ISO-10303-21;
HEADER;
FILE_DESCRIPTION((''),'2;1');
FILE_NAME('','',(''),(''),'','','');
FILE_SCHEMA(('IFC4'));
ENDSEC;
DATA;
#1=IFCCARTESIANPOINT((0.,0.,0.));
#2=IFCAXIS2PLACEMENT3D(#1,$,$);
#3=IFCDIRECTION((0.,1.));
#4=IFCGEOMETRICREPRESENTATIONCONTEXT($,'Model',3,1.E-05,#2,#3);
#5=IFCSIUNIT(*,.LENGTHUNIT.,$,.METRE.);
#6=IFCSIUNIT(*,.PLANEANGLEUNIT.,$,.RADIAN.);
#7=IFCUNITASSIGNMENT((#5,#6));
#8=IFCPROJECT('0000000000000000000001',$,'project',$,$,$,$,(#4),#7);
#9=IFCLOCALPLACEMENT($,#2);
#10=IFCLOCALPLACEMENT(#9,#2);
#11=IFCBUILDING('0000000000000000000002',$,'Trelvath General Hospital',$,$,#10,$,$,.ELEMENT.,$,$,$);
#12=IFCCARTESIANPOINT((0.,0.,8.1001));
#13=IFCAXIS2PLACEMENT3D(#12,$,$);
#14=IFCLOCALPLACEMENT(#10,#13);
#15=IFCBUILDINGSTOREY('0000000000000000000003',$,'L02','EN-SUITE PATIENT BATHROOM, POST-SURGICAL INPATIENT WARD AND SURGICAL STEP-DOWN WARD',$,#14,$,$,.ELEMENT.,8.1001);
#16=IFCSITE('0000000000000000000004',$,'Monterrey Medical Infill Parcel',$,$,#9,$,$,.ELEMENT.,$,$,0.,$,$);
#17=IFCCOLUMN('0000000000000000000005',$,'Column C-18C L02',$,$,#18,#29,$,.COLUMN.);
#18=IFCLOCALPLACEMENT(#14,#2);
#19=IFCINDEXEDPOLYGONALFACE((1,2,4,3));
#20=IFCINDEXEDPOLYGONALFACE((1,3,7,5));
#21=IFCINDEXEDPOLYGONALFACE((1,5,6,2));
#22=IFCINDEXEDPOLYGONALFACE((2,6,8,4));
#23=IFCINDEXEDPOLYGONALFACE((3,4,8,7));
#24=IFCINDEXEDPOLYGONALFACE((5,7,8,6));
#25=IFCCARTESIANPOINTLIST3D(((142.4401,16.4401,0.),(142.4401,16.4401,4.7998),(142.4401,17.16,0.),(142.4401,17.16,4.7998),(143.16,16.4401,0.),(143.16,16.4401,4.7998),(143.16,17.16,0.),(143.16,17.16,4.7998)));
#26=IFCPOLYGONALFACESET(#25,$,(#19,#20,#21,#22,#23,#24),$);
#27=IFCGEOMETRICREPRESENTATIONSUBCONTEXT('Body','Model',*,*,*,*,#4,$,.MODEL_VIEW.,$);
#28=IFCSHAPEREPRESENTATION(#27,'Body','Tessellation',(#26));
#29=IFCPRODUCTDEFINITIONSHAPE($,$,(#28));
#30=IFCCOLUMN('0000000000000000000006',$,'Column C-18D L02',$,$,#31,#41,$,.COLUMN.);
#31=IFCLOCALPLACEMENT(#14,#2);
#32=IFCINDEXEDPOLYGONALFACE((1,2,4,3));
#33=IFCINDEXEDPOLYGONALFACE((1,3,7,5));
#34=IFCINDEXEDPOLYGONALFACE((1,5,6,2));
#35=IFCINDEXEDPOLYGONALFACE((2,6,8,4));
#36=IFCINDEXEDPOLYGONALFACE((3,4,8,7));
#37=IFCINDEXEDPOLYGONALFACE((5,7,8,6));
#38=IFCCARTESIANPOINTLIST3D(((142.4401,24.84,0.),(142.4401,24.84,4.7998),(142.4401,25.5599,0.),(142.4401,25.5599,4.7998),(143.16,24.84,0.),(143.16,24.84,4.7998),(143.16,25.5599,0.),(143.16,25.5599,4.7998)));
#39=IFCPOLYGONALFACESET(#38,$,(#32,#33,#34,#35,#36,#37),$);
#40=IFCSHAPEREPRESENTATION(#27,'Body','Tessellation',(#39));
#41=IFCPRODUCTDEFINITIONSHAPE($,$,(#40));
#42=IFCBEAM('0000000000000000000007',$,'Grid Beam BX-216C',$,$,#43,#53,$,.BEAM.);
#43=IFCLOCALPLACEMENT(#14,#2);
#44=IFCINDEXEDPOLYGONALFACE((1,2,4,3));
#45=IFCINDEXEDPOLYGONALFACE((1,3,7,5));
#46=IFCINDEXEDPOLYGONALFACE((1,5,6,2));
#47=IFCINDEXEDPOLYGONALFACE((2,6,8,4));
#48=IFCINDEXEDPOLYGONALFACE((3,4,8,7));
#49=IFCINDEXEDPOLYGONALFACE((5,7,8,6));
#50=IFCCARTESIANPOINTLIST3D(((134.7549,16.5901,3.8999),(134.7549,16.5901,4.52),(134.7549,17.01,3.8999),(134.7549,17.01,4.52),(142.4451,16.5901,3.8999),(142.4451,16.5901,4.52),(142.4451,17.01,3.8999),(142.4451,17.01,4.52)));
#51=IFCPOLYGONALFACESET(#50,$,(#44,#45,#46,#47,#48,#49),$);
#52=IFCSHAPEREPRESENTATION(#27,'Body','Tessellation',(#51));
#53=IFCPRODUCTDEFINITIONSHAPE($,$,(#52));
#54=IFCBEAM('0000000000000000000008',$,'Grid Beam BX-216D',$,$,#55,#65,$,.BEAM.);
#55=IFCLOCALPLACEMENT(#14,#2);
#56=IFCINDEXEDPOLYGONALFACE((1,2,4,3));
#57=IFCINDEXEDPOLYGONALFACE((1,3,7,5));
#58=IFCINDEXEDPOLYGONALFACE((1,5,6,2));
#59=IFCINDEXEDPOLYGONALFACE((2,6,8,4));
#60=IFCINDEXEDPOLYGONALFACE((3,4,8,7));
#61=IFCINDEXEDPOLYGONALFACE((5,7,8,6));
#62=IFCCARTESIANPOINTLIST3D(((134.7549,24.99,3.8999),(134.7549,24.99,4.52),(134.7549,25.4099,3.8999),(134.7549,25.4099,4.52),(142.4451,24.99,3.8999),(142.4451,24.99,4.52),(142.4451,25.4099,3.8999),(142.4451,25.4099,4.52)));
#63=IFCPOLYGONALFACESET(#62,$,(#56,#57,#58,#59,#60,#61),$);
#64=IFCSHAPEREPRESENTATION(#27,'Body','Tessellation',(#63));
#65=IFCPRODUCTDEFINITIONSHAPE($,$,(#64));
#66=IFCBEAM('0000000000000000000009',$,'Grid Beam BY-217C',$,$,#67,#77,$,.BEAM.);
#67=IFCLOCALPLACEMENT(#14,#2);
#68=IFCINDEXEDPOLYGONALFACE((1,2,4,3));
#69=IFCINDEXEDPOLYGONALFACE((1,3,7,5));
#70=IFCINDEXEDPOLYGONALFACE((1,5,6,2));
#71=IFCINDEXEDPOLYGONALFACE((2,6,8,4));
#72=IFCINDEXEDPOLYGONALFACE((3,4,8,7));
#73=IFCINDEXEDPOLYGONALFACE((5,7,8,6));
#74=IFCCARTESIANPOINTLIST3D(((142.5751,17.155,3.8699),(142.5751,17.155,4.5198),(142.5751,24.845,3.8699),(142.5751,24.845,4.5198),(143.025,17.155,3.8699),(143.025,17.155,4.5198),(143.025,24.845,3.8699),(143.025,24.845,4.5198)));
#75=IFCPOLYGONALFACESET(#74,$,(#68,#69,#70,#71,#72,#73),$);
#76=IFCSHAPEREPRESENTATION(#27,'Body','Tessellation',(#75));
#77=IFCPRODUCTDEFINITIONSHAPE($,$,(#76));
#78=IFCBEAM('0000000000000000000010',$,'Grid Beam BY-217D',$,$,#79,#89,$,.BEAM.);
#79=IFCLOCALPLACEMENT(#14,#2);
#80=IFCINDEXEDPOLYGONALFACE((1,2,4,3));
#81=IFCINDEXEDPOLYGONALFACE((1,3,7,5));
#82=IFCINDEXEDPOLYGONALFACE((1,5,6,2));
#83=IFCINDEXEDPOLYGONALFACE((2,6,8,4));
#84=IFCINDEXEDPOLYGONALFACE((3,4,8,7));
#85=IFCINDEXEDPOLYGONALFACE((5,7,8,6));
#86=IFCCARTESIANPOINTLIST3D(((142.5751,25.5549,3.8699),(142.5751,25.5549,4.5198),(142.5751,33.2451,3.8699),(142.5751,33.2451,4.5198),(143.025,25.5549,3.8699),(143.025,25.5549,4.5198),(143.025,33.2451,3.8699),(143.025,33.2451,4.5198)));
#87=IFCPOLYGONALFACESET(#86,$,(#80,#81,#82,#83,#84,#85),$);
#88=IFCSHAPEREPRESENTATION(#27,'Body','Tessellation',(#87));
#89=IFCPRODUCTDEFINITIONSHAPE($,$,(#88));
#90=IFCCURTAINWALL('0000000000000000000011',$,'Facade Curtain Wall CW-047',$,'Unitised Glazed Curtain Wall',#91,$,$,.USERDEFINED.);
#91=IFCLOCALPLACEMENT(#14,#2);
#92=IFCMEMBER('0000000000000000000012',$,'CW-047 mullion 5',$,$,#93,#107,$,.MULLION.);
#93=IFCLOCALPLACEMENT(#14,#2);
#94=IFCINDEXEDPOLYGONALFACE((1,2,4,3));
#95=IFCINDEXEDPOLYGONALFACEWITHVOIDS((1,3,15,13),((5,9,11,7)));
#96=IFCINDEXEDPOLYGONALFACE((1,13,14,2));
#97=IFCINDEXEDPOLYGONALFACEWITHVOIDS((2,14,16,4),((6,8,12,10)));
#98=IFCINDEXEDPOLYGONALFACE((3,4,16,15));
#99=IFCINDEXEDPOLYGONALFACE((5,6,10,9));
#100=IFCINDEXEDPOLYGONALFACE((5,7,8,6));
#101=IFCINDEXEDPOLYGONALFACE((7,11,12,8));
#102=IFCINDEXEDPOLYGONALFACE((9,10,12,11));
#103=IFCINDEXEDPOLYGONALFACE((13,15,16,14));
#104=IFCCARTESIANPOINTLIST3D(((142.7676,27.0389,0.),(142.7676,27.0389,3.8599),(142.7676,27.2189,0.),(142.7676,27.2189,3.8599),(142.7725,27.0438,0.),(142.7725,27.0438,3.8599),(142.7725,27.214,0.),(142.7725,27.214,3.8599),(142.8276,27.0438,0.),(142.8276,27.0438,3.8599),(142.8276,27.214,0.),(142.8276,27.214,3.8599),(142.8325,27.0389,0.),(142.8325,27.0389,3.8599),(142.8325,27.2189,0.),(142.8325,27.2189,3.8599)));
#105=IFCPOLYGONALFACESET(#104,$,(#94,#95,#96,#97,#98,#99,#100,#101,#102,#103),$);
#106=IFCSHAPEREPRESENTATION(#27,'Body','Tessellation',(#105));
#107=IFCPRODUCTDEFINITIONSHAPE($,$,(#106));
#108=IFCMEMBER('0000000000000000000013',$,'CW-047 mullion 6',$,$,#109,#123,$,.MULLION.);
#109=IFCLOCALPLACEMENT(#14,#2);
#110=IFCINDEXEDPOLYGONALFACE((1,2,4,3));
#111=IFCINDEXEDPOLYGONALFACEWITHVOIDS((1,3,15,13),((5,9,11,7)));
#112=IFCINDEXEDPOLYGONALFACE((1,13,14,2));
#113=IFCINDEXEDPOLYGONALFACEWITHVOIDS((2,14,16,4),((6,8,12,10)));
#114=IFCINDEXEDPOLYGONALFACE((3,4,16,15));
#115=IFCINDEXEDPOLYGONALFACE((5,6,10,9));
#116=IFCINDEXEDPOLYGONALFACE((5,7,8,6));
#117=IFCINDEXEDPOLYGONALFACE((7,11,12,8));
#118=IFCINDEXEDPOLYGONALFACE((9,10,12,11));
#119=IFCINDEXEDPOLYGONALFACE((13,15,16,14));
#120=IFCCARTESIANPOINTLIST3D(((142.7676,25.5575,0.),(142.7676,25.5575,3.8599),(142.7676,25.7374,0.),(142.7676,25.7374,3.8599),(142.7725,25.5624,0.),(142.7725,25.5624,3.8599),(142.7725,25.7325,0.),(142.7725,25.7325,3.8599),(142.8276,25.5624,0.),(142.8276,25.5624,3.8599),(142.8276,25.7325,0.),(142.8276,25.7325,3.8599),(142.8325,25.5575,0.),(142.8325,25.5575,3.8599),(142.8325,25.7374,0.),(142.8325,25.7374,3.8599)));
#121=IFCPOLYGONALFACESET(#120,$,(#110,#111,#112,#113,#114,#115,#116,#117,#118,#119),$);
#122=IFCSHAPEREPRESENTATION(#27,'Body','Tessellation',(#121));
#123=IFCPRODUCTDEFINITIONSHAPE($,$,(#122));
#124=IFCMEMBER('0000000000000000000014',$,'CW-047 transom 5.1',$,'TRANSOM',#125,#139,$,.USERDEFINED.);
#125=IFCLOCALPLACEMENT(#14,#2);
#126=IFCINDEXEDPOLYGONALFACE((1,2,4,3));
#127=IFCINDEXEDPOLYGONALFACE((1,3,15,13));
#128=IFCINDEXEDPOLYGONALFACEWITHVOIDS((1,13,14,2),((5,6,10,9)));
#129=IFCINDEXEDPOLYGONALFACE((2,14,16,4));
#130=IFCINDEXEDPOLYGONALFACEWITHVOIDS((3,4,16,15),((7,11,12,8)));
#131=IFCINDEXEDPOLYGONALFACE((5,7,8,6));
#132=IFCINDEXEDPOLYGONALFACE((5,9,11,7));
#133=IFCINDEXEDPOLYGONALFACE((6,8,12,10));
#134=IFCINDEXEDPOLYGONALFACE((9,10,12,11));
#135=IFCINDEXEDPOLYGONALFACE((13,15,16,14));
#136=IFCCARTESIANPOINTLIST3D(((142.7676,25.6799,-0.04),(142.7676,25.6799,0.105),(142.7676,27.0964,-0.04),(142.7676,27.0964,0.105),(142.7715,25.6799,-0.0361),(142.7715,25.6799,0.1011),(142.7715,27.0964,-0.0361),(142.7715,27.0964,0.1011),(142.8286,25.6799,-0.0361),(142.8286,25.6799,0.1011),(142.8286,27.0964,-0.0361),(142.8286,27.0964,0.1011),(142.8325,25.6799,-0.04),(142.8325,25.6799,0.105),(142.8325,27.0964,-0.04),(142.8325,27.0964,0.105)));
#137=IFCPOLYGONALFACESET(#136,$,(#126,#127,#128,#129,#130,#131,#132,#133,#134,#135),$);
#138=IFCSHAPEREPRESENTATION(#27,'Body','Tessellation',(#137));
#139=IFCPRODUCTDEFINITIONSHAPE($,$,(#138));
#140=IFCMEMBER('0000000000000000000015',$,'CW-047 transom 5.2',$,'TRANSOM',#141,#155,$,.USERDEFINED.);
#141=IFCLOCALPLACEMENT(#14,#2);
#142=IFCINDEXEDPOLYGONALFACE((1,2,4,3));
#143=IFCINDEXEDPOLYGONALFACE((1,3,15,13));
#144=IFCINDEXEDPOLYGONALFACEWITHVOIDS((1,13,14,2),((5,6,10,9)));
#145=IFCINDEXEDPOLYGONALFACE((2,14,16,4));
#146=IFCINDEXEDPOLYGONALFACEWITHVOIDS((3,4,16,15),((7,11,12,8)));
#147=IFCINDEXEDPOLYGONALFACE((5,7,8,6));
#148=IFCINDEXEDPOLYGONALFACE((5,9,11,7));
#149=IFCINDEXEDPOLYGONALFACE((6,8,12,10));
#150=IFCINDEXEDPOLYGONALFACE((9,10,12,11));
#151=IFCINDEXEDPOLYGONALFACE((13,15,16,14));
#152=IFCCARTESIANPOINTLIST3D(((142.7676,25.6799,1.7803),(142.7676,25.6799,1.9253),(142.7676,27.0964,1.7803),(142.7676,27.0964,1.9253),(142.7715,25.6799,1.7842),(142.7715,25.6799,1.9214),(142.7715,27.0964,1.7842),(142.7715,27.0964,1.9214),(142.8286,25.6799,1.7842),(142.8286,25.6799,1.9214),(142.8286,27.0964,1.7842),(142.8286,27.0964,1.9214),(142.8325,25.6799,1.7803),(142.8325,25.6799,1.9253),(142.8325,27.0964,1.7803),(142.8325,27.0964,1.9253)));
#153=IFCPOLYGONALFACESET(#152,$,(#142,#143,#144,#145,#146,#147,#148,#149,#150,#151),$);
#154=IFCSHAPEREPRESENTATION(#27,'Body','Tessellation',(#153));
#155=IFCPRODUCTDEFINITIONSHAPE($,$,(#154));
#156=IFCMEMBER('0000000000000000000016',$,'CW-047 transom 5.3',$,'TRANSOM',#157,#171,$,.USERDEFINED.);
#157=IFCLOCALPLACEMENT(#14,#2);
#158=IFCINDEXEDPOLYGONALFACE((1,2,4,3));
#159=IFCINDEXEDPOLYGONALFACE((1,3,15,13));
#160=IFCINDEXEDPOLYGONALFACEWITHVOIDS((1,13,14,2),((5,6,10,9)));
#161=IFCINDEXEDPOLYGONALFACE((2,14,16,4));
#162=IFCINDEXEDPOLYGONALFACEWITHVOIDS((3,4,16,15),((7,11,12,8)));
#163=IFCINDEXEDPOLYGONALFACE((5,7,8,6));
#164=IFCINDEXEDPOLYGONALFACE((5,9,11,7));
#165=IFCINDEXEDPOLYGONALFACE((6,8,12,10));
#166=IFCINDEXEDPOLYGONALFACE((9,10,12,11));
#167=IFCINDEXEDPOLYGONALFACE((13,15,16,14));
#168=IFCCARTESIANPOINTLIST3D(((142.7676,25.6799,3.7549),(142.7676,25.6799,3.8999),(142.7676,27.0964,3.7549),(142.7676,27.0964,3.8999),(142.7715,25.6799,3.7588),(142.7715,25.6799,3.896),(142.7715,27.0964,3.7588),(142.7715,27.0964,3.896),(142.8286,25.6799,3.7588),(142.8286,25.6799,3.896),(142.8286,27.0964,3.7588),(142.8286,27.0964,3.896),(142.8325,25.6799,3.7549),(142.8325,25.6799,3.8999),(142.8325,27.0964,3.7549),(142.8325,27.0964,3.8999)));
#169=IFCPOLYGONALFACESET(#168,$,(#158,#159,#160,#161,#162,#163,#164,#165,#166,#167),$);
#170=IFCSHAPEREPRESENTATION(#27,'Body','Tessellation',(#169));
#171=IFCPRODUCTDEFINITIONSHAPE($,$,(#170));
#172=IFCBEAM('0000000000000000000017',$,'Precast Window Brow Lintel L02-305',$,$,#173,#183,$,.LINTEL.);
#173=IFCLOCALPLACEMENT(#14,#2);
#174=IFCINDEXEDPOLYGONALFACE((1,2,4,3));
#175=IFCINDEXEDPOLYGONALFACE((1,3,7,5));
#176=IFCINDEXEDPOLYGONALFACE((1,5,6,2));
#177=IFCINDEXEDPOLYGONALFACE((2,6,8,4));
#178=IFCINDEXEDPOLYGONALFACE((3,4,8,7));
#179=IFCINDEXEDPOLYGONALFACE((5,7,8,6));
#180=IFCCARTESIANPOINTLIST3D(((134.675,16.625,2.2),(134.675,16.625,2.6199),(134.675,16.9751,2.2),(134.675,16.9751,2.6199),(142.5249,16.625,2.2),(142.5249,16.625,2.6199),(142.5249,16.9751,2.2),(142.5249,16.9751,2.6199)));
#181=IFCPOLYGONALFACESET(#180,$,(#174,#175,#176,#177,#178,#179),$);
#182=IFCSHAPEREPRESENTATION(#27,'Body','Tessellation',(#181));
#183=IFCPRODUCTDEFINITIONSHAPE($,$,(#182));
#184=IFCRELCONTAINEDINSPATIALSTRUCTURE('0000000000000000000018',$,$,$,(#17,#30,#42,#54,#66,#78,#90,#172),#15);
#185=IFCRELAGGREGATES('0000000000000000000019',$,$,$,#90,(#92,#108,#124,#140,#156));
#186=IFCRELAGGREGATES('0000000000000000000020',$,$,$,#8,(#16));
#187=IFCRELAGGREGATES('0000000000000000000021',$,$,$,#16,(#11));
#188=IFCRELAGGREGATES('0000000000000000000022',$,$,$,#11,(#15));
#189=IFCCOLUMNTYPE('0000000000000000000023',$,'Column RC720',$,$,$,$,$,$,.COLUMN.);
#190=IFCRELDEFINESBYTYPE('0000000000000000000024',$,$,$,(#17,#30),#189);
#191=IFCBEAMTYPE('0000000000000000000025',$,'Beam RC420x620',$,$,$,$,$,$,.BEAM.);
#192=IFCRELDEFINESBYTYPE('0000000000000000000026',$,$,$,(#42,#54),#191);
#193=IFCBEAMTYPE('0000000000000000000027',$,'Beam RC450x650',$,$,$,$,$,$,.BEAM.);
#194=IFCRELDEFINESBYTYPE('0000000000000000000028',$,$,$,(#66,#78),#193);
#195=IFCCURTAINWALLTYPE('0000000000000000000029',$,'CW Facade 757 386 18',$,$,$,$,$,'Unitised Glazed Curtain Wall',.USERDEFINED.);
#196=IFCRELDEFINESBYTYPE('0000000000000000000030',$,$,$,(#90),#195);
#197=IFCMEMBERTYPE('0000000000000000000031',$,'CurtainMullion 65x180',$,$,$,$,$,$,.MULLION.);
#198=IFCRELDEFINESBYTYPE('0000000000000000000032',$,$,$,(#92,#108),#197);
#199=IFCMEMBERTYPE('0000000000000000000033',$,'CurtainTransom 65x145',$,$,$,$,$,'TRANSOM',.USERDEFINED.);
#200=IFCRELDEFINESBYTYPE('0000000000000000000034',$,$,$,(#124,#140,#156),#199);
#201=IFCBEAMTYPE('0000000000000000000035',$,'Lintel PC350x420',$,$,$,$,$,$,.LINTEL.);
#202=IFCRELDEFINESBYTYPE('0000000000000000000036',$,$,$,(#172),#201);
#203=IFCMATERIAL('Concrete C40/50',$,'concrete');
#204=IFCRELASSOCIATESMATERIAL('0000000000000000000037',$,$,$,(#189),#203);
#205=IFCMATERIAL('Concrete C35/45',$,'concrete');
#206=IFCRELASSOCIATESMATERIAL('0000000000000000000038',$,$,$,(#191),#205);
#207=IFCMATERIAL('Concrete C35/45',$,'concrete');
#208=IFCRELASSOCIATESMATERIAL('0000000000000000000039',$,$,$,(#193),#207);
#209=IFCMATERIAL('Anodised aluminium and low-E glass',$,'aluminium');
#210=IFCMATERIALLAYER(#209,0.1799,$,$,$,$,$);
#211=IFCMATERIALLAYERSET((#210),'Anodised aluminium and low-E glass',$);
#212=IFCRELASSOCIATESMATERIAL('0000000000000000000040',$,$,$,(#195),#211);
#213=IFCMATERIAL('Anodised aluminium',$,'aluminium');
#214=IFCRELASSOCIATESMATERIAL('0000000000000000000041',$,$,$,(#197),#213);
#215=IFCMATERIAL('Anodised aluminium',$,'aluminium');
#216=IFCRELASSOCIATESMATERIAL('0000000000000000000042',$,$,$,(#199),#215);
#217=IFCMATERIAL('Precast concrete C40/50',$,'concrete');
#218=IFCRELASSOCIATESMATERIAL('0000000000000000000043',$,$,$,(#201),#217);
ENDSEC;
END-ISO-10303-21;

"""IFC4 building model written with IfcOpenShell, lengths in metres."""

from ifc_helpers import new_model, si_unit, direction, frame, origin, origin_2d, place, context, subcontext, project, spatial, rectangle, hollow_rectangle, extrude, material, layer, layer_set, material_profile, profile_set, type_object, element, aggregate, save


model = new_model("IFC4")

# Units and contexts
model_context = context("Model", 3, precision=1e-05, world=origin(), true_north=direction((0.0, 1.0)))
body_context = subcontext(model_context, "Body", "Model", "MODEL_VIEW")
ifc_project = project(units=[si_unit("LENGTHUNIT", "METRE"), si_unit("PLANEANGLEUNIT", "RADIAN")], contexts=[model_context])

# Site, building, storey
site_placement = place(None, origin())
site = spatial("IfcSite", under=ifc_project, at=site_placement, Name="Monterrey Medical Infill Parcel", CompositionType="ELEMENT", RefElevation=0.0)
building_placement = place(site_placement, origin())
building = spatial("IfcBuilding", under=site, at=building_placement, Name="Trelvath General Hospital", CompositionType="ELEMENT")
storey_placement = place(building_placement, frame((0.0, 0.0, 8.1001)))
storey = spatial("IfcBuildingStorey", under=building, at=storey_placement, Name="L02", Description="EN-SUITE PATIENT BATHROOM, POST-SURGICAL INPATIENT WARD AND SURGICAL STEP-DOWN WARD", CompositionType="ELEMENT", Elevation=8.1001)

# Columns
ifc_material_1 = material(Name="Concrete C40/50", Category="concrete")
ifc_material_profile_1 = material_profile(ifc_material_1, rectangle(XDim=0.72, YDim=0.72, at=origin_2d()), Name="RC720x720")
ifc_profile_set_1 = profile_set([ifc_material_profile_1], Name="Concrete C40/50")
column_type = type_object("IfcColumnType", Name="Column RC720", PredefinedType="COLUMN", material=ifc_profile_set_1)
for number, where, z_axis, x_axis, name in (
    (1, (142.8, 16.8, 0.0), (0.0, 0.0, 1.0), (1.0, 0.0, 0.0), "Column C-18C L02"),
    (2, (142.8, 25.2, 0.0), (0.0, 0.0, 1.0), (1.0, 0.0, 0.0), "Column C-18D L02"),
):
    element("IfcColumn", number, at=place(storey_placement, frame(where, z_axis=z_axis, x_axis=x_axis)), inside=storey, type_object=column_type, Name=name, PredefinedType="COLUMN", context=body_context, shape_type="SweptSolid", body=[
        extrude(rectangle(XDim=0.72, YDim=0.72, at=origin_2d()), origin(), (0.0, 0.0, 1.0), 4.7998),
    ])

# Beams
ifc_material_2 = material(Name="Concrete C35/45", Category="concrete")
ifc_material_profile_2 = material_profile(ifc_material_2, rectangle(XDim=0.4199, YDim=0.6201, at=origin_2d()), Name="RCB420x620")
ifc_profile_set_2 = profile_set([ifc_material_profile_2], Name="Concrete C35/45")
beam_type_1 = type_object("IfcBeamType", Name="Beam RC420x620", PredefinedType="BEAM", material=ifc_profile_set_2)
for number, where, z_axis, x_axis, name in (
    (3, (134.7549, 16.8, 4.21), (1.0, 0.0, 0.0), (0.0, 1.0, 0.0), "Grid Beam BX-216C"),
    (4, (134.7549, 25.2, 4.21), (1.0, 0.0, 0.0), (0.0, 1.0, 0.0), "Grid Beam BX-216D"),
):
    element("IfcBeam", number, at=place(storey_placement, frame(where, z_axis=z_axis, x_axis=x_axis)), inside=storey, type_object=beam_type_1, Name=name, PredefinedType="BEAM", context=body_context, shape_type="SweptSolid", body=[
        extrude(rectangle(XDim=0.4199, YDim=0.6201, at=origin_2d()), origin(), (0.0, 0.0, 1.0), 7.6902),
    ])
ifc_material_3 = material(Name="Concrete C35/45", Category="concrete")
ifc_material_profile_3 = material_profile(ifc_material_3, rectangle(XDim=0.45, YDim=0.6499, at=origin_2d()), Name="RCB450x650")
ifc_profile_set_3 = profile_set([ifc_material_profile_3], Name="Concrete C35/45")
beam_type_2 = type_object("IfcBeamType", Name="Beam RC450x650", PredefinedType="BEAM", material=ifc_profile_set_3)
beam_1_placement = place(storey_placement, frame((142.8, 17.155, 4.1948), z_axis=(0.0, 1.0, 0.0), x_axis=(-1.0, 0.0, 0.0)))
element("IfcBeam", 5, at=beam_1_placement, inside=storey, type_object=beam_type_2, Name="Grid Beam BY-217C", PredefinedType="BEAM", context=body_context, shape_type="SweptSolid", body=[
    extrude(rectangle(XDim=0.45, YDim=0.6499, at=origin_2d()), origin(), (0.0, 0.0, 1.0), 7.6899),
])
beam_2_placement = place(storey_placement, frame((142.8, 25.5549, 4.1948), z_axis=(0.0, 1.0, 0.0), x_axis=(-1.0, 0.0, 0.0)))
element("IfcBeam", 6, at=beam_2_placement, inside=storey, type_object=beam_type_2, Name="Grid Beam BY-217D", PredefinedType="BEAM", context=body_context, shape_type="SweptSolid", body=[
    extrude(rectangle(XDim=0.45, YDim=0.6499, at=origin_2d()), origin(), (0.0, 0.0, 1.0), 7.6902),
])

# Curtain wall, members
ifc_material_4 = material(Name="Anodised aluminium and low-E glass", Category="aluminium")
ifc_layer_1 = layer(ifc_material_4, 0.1799)
ifc_layer_set_1 = layer_set([ifc_layer_1], Name="Anodised aluminium and low-E glass")
curtain_wall_type = type_object("IfcCurtainWallType", Name="CW Facade 757 386 18", ElementType="Unitised Glazed Curtain Wall", PredefinedType="USERDEFINED", material=ifc_layer_set_1)
curtain_wall_placement = place(storey_placement, origin())
curtain_wall = element("IfcCurtainWall", 7, at=curtain_wall_placement, inside=storey, type_object=curtain_wall_type, Name="Facade Curtain Wall CW-047", ObjectType="Unitised Glazed Curtain Wall", PredefinedType="USERDEFINED")
ifc_material_5 = material(Name="Anodised aluminium", Category="aluminium")
ifc_material_profile_4 = material_profile(ifc_material_5, hollow_rectangle(XDim=0.0649, YDim=0.1799, WallThickness=0.0049, at=origin_2d()), Name="RHS65x180x5")
ifc_profile_set_4 = profile_set([ifc_material_profile_4], Name="Anodised aluminium")
member_type_1 = type_object("IfcMemberType", Name="CurtainMullion 65x180", PredefinedType="MULLION", material=ifc_profile_set_4)
member_1_placement = place(storey_placement, frame((142.8, 27.1289, 0.0), z_axis=(0.0, 0.0, 1.0), x_axis=(1.0, 0.0, 0.0)))
member_1 = element("IfcMember", 8, at=member_1_placement, type_object=member_type_1, Name="CW-047 mullion 5", PredefinedType="MULLION", context=body_context, shape_type="SweptSolid", body=[
    extrude(hollow_rectangle(XDim=0.0649, YDim=0.1799, WallThickness=0.0049, at=origin_2d()), origin(), (0.0, 0.0, 1.0), 3.8599),
])
member_2_placement = place(storey_placement, frame((142.8, 25.6475, 0.0), z_axis=(0.0, 0.0, 1.0), x_axis=(1.0, 0.0, 0.0)))
member_2 = element("IfcMember", 9, at=member_2_placement, type_object=member_type_1, Name="CW-047 mullion 6", PredefinedType="MULLION", context=body_context, shape_type="SweptSolid", body=[
    extrude(hollow_rectangle(XDim=0.0649, YDim=0.1799, WallThickness=0.0049, at=origin_2d()), origin(), (0.0, 0.0, 1.0), 3.8599),
])
ifc_material_6 = material(Name="Anodised aluminium", Category="aluminium")
ifc_material_profile_5 = material_profile(ifc_material_6, hollow_rectangle(XDim=0.0649, YDim=0.145, WallThickness=0.0039, at=origin_2d()), Name="RHS65x145x4")
ifc_profile_set_5 = profile_set([ifc_material_profile_5], Name="Anodised aluminium")
member_type_2 = type_object("IfcMemberType", Name="CurtainTransom 65x145", ElementType="TRANSOM", PredefinedType="USERDEFINED", material=ifc_profile_set_5)
member_3_placement = place(storey_placement, frame((142.8, 27.0964, 0.0325), z_axis=(0.0, -1.0, 0.0), x_axis=(1.0, 0.0, 0.0)))
member_3 = element("IfcMember", 10, at=member_3_placement, type_object=member_type_2, Name="CW-047 transom 5.1", ObjectType="TRANSOM", PredefinedType="USERDEFINED", context=body_context, shape_type="SweptSolid", body=[
    extrude(hollow_rectangle(XDim=0.0649, YDim=0.145, WallThickness=0.0039, at=origin_2d()), origin(), (0.0, 0.0, 1.0), 1.4165),
])
member_4_placement = place(storey_placement, frame((142.8, 27.0964, 1.8528), z_axis=(0.0, -1.0, 0.0), x_axis=(1.0, 0.0, 0.0)))
member_4 = element("IfcMember", 11, at=member_4_placement, type_object=member_type_2, Name="CW-047 transom 5.2", ObjectType="TRANSOM", PredefinedType="USERDEFINED", context=body_context, shape_type="SweptSolid", body=[
    extrude(hollow_rectangle(XDim=0.0649, YDim=0.145, WallThickness=0.0039, at=origin_2d()), origin(), (0.0, 0.0, 1.0), 1.4165),
])
member_5_placement = place(storey_placement, frame((142.8, 27.0964, 3.8274), z_axis=(0.0, -1.0, 0.0), x_axis=(1.0, 0.0, 0.0)))
member_5 = element("IfcMember", 12, at=member_5_placement, type_object=member_type_2, Name="CW-047 transom 5.3", ObjectType="TRANSOM", PredefinedType="USERDEFINED", context=body_context, shape_type="SweptSolid", body=[
    extrude(hollow_rectangle(XDim=0.0649, YDim=0.145, WallThickness=0.0039, at=origin_2d()), origin(), (0.0, 0.0, 1.0), 1.4165),
])

# Beam
ifc_material_7 = material(Name="Precast concrete C40/50", Category="concrete")
ifc_material_profile_6 = material_profile(ifc_material_7, rectangle(XDim=0.3501, YDim=0.4199, at=origin_2d()), Name="PCL350x420")
ifc_profile_set_6 = profile_set([ifc_material_profile_6], Name="Precast concrete C40/50")
beam_type_3 = type_object("IfcBeamType", Name="Lintel PC350x420", PredefinedType="LINTEL", material=ifc_profile_set_6)
beam_3_placement = place(storey_placement, frame((142.5249, 16.8, 2.4099), z_axis=(-1.0, 0.0, 0.0), x_axis=(0.0, -1.0, 0.0)))
element("IfcBeam", 13, at=beam_3_placement, inside=storey, type_object=beam_type_3, Name="Precast Window Brow Lintel L02-305", PredefinedType="LINTEL", context=body_context, shape_type="SweptSolid", body=[
    extrude(rectangle(XDim=0.3501, YDim=0.4199, at=origin_2d()), origin(), (0.0, 0.0, 1.0), 7.8499),
])

aggregate(curtain_wall, [member_1, member_2, member_3, member_4, member_5])

save(model, "model.ifc")
